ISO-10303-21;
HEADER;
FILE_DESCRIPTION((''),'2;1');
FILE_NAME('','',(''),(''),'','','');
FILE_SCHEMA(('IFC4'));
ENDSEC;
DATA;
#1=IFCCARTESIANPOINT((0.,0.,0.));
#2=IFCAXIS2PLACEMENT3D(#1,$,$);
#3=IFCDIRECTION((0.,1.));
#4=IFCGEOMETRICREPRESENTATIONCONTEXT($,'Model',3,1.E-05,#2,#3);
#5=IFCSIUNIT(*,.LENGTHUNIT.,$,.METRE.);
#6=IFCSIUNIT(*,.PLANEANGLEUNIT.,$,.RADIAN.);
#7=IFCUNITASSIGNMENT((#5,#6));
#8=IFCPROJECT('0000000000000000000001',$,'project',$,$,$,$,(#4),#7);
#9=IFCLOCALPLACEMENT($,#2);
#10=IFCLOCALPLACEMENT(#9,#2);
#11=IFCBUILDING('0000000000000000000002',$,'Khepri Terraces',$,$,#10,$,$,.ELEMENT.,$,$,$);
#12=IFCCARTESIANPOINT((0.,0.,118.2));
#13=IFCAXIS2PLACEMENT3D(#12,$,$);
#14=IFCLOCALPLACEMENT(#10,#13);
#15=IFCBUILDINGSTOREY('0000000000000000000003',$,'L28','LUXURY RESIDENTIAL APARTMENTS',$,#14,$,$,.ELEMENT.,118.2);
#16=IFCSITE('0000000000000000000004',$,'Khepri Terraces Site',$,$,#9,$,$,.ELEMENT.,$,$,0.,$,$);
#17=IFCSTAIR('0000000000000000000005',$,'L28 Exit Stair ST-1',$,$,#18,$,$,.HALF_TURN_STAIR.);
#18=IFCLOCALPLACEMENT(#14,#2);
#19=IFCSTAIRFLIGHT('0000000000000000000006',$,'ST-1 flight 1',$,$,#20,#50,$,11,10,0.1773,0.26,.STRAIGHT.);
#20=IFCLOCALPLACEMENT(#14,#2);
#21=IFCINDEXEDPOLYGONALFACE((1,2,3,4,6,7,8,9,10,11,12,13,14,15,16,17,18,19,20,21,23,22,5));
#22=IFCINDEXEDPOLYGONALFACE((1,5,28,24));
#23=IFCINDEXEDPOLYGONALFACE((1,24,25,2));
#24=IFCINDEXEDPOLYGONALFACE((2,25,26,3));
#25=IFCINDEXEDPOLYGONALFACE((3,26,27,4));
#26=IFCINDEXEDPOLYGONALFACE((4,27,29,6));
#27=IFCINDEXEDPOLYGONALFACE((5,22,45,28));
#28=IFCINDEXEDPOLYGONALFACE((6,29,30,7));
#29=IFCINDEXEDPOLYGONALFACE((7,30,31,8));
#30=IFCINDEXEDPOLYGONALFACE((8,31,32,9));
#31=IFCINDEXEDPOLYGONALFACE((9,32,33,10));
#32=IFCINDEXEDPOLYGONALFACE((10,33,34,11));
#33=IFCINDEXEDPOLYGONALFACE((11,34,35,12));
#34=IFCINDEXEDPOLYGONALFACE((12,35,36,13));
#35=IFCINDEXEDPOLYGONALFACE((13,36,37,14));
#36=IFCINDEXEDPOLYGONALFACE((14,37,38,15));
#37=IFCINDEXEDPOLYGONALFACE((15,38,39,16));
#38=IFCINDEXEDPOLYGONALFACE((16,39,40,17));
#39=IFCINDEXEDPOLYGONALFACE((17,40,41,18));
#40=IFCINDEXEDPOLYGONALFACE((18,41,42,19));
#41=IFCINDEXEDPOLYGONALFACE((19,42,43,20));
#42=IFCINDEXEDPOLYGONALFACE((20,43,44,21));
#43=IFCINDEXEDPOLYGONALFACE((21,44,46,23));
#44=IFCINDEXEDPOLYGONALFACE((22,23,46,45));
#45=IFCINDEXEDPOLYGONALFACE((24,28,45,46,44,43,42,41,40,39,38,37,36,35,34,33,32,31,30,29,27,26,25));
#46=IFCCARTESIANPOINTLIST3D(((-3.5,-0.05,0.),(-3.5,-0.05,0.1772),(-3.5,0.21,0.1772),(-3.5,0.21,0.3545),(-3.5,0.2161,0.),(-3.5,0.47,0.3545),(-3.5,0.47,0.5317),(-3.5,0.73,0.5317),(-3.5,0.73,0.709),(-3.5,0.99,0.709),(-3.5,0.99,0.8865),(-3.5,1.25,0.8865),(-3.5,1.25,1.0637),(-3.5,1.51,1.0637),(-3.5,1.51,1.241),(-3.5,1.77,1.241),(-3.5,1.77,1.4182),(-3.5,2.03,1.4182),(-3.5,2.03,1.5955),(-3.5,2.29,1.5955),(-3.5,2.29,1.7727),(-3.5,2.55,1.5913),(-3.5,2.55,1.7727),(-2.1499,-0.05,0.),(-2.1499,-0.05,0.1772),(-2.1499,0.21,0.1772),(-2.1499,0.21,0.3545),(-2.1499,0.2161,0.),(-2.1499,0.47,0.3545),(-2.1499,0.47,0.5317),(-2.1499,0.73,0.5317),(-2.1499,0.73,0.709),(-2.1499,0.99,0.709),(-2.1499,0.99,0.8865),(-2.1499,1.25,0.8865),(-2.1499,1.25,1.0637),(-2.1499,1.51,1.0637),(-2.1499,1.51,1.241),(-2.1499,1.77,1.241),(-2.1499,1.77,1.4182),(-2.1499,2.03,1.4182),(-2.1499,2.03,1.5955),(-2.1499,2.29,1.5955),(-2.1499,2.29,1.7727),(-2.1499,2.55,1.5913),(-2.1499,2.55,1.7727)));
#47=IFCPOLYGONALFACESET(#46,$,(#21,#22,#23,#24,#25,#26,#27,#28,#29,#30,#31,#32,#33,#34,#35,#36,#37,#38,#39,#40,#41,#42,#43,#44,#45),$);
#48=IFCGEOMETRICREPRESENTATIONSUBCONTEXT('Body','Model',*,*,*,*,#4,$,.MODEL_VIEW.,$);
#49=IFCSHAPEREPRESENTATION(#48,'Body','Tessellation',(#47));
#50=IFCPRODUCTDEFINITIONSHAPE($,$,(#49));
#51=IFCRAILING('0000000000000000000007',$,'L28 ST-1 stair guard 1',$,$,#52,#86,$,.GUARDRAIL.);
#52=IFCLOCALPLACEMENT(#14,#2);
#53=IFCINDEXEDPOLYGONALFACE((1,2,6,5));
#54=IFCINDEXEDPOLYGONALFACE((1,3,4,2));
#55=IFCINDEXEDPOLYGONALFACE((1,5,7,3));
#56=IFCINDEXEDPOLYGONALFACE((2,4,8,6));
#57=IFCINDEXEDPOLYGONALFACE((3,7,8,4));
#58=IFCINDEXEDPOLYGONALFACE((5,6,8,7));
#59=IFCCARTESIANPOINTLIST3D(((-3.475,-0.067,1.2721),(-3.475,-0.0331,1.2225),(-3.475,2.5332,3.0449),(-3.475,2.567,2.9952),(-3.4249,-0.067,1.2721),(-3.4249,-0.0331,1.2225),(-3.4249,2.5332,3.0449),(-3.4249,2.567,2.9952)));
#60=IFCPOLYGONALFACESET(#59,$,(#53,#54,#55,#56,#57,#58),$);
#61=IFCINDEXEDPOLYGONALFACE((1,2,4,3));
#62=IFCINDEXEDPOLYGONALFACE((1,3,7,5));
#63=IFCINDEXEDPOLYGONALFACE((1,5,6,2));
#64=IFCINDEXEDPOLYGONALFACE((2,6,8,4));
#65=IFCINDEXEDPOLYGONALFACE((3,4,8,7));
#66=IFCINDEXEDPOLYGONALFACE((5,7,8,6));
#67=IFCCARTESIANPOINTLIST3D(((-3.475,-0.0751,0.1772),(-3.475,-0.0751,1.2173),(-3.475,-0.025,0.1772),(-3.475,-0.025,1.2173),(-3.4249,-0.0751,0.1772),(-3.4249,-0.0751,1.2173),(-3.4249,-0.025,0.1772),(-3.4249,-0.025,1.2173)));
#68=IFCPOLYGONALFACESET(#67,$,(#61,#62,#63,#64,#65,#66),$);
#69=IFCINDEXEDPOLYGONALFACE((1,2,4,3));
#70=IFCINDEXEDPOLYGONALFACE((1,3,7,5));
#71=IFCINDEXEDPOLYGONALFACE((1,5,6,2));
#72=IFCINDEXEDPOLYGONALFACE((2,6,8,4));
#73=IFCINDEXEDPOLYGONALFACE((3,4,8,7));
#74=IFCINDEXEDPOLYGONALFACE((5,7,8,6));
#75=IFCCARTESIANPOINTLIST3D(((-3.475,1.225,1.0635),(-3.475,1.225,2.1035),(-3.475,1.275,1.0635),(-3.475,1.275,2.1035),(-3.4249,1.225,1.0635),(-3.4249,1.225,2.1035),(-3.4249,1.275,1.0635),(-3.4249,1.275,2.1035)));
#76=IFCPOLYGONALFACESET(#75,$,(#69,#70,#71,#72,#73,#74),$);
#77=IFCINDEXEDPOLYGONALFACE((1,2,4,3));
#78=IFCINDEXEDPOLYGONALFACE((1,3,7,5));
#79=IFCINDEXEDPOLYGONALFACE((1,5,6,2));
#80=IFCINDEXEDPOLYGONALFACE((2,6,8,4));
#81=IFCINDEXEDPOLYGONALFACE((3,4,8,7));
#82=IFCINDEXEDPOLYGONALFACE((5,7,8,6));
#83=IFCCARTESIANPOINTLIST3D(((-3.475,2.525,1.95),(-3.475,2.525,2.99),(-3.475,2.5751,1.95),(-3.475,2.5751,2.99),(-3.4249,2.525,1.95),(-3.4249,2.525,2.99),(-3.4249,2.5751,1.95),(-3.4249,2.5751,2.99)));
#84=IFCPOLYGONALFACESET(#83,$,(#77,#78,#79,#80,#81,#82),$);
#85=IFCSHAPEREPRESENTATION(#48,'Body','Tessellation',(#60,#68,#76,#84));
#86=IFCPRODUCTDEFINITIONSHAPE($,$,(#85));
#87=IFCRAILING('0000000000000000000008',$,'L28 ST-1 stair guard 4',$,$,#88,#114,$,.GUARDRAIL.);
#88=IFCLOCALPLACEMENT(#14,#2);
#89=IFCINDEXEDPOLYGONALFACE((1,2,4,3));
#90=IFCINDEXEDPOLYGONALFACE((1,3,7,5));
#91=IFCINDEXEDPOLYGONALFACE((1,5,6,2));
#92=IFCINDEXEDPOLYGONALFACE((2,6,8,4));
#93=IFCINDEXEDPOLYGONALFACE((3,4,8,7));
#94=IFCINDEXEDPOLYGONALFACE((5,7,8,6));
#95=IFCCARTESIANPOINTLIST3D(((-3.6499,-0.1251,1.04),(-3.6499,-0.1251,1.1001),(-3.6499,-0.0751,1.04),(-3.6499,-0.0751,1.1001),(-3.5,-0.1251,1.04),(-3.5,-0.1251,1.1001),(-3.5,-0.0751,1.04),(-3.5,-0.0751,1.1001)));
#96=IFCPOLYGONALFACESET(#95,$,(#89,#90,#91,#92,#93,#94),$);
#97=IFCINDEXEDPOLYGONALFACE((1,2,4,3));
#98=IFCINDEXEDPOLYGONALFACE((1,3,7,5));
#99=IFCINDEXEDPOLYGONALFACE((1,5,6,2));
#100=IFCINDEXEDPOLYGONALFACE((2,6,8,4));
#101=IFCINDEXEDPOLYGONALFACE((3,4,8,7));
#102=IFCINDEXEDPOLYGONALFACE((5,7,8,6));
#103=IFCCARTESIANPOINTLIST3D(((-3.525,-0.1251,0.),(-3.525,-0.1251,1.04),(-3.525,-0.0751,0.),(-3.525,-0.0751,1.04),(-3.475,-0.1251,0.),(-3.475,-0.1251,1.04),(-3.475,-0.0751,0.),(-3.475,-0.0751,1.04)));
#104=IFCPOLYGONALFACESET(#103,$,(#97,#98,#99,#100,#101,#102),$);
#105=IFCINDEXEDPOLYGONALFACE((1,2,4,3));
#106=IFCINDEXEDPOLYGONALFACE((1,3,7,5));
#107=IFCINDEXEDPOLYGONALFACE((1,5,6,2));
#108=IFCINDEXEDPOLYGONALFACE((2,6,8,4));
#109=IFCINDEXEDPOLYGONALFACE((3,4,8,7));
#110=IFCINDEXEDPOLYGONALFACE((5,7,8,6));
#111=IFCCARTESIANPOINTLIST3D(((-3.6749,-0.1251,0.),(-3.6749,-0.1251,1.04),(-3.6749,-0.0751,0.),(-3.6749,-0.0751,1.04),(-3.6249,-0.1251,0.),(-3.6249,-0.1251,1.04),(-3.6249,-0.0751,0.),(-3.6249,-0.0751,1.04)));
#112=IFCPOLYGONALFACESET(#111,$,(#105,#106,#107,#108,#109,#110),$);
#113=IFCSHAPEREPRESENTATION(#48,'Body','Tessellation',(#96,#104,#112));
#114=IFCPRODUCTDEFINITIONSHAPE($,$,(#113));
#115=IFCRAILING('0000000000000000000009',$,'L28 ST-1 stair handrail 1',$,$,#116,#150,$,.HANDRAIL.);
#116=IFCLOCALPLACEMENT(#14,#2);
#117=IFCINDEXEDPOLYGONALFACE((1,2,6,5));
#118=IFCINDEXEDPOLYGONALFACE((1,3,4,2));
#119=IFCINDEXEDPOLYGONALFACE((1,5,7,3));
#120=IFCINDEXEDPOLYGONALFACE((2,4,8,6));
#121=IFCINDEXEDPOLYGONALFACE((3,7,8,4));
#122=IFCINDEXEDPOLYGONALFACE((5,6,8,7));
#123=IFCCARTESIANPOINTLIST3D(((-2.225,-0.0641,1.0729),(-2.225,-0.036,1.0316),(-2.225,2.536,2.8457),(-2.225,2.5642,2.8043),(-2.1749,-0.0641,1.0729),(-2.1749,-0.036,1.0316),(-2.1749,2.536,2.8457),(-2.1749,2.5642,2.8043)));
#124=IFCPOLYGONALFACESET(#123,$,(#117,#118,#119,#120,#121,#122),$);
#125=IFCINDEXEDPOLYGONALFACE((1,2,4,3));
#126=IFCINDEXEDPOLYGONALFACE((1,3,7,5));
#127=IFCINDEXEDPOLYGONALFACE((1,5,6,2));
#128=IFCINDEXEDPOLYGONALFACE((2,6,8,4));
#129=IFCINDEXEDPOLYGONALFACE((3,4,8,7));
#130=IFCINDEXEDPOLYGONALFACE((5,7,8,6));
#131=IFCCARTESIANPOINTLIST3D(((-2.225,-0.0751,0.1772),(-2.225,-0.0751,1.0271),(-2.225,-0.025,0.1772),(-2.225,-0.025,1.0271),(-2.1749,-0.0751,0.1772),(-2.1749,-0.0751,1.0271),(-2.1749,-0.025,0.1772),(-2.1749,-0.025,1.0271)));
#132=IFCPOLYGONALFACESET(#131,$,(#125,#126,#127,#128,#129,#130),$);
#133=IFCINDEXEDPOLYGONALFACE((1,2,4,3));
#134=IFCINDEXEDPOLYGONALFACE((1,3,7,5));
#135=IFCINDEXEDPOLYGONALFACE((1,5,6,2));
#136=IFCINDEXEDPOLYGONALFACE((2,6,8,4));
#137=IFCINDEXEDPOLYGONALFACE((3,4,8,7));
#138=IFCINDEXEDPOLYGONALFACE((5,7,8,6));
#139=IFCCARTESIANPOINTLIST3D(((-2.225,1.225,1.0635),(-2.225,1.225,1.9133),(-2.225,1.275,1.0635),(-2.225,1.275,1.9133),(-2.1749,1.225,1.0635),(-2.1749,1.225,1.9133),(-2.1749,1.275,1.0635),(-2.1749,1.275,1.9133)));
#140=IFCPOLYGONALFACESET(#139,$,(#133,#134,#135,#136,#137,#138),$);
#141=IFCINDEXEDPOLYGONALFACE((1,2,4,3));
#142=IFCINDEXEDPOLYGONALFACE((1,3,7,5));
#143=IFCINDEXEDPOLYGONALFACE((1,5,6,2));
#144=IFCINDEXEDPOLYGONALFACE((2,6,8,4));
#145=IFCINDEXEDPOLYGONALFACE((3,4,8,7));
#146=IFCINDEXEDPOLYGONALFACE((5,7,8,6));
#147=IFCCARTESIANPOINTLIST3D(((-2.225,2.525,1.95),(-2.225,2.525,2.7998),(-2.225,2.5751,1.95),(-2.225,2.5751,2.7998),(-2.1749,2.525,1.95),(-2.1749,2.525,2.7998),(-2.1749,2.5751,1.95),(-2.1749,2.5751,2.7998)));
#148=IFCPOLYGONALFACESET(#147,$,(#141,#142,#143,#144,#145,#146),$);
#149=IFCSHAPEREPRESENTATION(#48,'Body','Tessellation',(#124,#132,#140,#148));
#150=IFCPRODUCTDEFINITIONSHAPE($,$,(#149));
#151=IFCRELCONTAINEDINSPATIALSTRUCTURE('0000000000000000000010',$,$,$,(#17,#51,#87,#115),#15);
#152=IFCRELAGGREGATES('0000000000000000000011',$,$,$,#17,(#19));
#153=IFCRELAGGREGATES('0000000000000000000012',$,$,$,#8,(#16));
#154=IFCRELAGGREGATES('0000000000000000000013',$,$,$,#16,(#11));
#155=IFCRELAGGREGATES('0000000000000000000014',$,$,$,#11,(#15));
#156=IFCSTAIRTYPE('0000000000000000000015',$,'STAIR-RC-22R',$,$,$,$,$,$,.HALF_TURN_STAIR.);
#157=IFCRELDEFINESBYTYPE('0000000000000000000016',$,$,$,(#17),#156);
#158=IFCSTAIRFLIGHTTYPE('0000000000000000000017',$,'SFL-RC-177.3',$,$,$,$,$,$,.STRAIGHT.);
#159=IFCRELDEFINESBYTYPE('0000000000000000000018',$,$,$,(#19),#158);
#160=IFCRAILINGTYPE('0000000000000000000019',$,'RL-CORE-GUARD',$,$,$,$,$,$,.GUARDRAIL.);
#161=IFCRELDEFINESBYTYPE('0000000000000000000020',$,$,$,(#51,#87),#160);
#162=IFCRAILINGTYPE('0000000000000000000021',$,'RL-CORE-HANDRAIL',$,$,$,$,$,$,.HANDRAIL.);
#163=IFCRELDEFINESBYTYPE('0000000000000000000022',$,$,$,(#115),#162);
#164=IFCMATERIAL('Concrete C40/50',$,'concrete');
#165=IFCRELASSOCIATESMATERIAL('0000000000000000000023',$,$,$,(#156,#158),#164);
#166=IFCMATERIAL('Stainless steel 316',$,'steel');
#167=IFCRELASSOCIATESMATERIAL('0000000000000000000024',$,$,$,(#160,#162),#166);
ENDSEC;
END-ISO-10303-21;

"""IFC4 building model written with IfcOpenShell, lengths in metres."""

from ifc_helpers import new_model, si_unit, direction, frame, origin, origin_2d, place, context, subcontext, project, spatial, polyline, rectangle, outline, extrude, material, type_object, element, aggregate, save


model = new_model("IFC4")

# Units and contexts
model_context = context("Model", 3, precision=1e-05, world=origin(), true_north=direction((0.0, 1.0)))
body_context = subcontext(model_context, "Body", "Model", "MODEL_VIEW")
ifc_project = project(units=[si_unit("LENGTHUNIT", "METRE"), si_unit("PLANEANGLEUNIT", "RADIAN")], contexts=[model_context])

# Site, building, storey
site_placement = place(None, origin())
site = spatial("IfcSite", under=ifc_project, at=site_placement, Name="Khepri Terraces Site", CompositionType="ELEMENT", RefElevation=0.0)
building_placement = place(site_placement, origin())
building = spatial("IfcBuilding", under=site, at=building_placement, Name="Khepri Terraces", CompositionType="ELEMENT")
storey_placement = place(building_placement, frame((0.0, 0.0, 118.2)))
storey = spatial("IfcBuildingStorey", under=building, at=storey_placement, Name="L28", Description="LUXURY RESIDENTIAL APARTMENTS", CompositionType="ELEMENT", Elevation=118.2)

# Shared definitions
ifc_material_1 = material(Name="Concrete C40/50", Category="concrete")

# Stair, stair flight
stair_type = type_object("IfcStairType", Name="STAIR-RC-22R", PredefinedType="HALF_TURN_STAIR", material=ifc_material_1)
stair_placement = place(storey_placement, origin())
stair = element("IfcStair", 1, at=stair_placement, inside=storey, type_object=stair_type, Name="L28 Exit Stair ST-1", PredefinedType="HALF_TURN_STAIR")
stair_flight_type = type_object("IfcStairFlightType", Name="SFL-RC-177.3", PredefinedType="STRAIGHT", material=ifc_material_1)
stair_flight_placement = place(storey_placement, frame((-2.825, -0.05, 0.0), z_axis=(0.0, 0.0, 1.0), x_axis=(0.0, 1.0, 0.0)))
stair_flight = element("IfcStairFlight", 2, at=stair_flight_placement, type_object=stair_flight_type, Name="ST-1 flight 1", NumberOfRisers=11, NumberOfTreads=10, PredefinedType="STRAIGHT", RiserHeight=0.1773, TreadLength=0.26, context=body_context, shape_type="SweptSolid", body=[
    extrude(outline(polyline([(0.0, 0.0), (0.0, 0.1772), (0.26, 0.1772), (0.26, 0.3545), (0.52, 0.3545), (0.52, 0.5317), (0.78, 0.5317), (0.78, 0.709), (1.04, 0.709), (1.04, 0.8865), (1.3, 0.8865), (1.3, 1.0637), (1.5601, 1.0637), (1.5601, 1.241), (1.8201, 1.241), (1.8201, 1.4182), (2.0801, 1.4182), (2.0801, 1.5955), (2.3401, 1.5955), (2.3401, 1.7727), (2.6001, 1.7727), (2.6001, 1.95), (2.6001, 1.5913), (0.2661, 0.0), (0.0, 0.0)])), frame((0.0, 0.675, 0.0), z_axis=(0.0, -1.0, 0.0), x_axis=(1.0, 0.0, 0.0)), (0.0, 0.0, 1.0), 1.3501),
])
aggregate(stair, [stair_flight])

# Railings
ifc_material_2 = material(Name="Stainless steel 316", Category="steel")
railing_type_1 = type_object("IfcRailingType", Name="RL-CORE-GUARD", PredefinedType="GUARDRAIL", material=ifc_material_2)
railing_1_placement = place(storey_placement, frame((-3.45, -0.05, 0.1772)))
element("IfcRailing", 3, at=railing_1_placement, inside=storey, type_object=railing_type_1, Name="L28 ST-1 stair guard 1", PredefinedType="GUARDRAIL", context=body_context, shape_type="SweptSolid", body=[
    extrude(rectangle(XDim=0.05, YDim=0.0601, at=origin_2d()), frame((0.0, 0.0, 1.0701), z_axis=(0.0, 0.82624, 0.563318), x_axis=(-1.0, 0.0, 0.0)), (0.0, 0.0, 1.0), 3.147),
    extrude(rectangle(XDim=0.05, YDim=0.05, at=origin_2d()), origin(), (0.0, 0.0, 1.0), 1.04),
    extrude(rectangle(XDim=0.05, YDim=0.05, at=origin_2d()), frame((0.0, 1.3, 0.8862)), (0.0, 0.0, 1.0), 1.04),
    extrude(rectangle(XDim=0.05, YDim=0.05, at=origin_2d()), frame((0.0, 2.6001, 1.7727)), (0.0, 0.0, 1.0), 1.04),
])
railing_2_placement = place(storey_placement, frame((-3.5, -0.1001, 0.0)))
element("IfcRailing", 4, at=railing_2_placement, inside=storey, type_object=railing_type_1, Name="L28 ST-1 stair guard 4", PredefinedType="GUARDRAIL", context=body_context, shape_type="SweptSolid", body=[
    extrude(rectangle(XDim=0.05, YDim=0.0601, at=origin_2d()), frame((0.0, 0.0, 1.0701), z_axis=(-1.0, 0.0, 0.0), x_axis=(0.0, -1.0, 0.0)), (0.0, 0.0, 1.0), 0.1499),
    extrude(rectangle(XDim=0.05, YDim=0.05, at=origin_2d()), origin(), (0.0, 0.0, 1.0), 1.04),
    extrude(rectangle(XDim=0.05, YDim=0.05, at=origin_2d()), frame((-0.1499, 0.0, 0.0)), (0.0, 0.0, 1.0), 1.04),
])
railing_type_2 = type_object("IfcRailingType", Name="RL-CORE-HANDRAIL", PredefinedType="HANDRAIL", material=ifc_material_2)
railing_3_placement = place(storey_placement, frame((-2.2, -0.05, 0.1772)))
element("IfcRailing", 5, at=railing_3_placement, inside=storey, type_object=railing_type_2, Name="L28 ST-1 stair handrail 1", PredefinedType="HANDRAIL", context=body_context, shape_type="SweptSolid", body=[
    extrude(rectangle(XDim=0.05, YDim=0.05, at=origin_2d()), frame((0.0, 0.0, 0.875), z_axis=(0.0, 0.82624, 0.563318), x_axis=(-1.0, 0.0, 0.0)), (0.0, 0.0, 1.0), 3.147),
    extrude(rectangle(XDim=0.05, YDim=0.05, at=origin_2d()), origin(), (0.0, 0.0, 1.0), 0.8499),
    extrude(rectangle(XDim=0.05, YDim=0.05, at=origin_2d()), frame((0.0, 1.3, 0.8862)), (0.0, 0.0, 1.0), 0.8499),
    extrude(rectangle(XDim=0.05, YDim=0.05, at=origin_2d()), frame((0.0, 2.6001, 1.7727)), (0.0, 0.0, 1.0), 0.8499),
])

save(model, "model.ifc")
